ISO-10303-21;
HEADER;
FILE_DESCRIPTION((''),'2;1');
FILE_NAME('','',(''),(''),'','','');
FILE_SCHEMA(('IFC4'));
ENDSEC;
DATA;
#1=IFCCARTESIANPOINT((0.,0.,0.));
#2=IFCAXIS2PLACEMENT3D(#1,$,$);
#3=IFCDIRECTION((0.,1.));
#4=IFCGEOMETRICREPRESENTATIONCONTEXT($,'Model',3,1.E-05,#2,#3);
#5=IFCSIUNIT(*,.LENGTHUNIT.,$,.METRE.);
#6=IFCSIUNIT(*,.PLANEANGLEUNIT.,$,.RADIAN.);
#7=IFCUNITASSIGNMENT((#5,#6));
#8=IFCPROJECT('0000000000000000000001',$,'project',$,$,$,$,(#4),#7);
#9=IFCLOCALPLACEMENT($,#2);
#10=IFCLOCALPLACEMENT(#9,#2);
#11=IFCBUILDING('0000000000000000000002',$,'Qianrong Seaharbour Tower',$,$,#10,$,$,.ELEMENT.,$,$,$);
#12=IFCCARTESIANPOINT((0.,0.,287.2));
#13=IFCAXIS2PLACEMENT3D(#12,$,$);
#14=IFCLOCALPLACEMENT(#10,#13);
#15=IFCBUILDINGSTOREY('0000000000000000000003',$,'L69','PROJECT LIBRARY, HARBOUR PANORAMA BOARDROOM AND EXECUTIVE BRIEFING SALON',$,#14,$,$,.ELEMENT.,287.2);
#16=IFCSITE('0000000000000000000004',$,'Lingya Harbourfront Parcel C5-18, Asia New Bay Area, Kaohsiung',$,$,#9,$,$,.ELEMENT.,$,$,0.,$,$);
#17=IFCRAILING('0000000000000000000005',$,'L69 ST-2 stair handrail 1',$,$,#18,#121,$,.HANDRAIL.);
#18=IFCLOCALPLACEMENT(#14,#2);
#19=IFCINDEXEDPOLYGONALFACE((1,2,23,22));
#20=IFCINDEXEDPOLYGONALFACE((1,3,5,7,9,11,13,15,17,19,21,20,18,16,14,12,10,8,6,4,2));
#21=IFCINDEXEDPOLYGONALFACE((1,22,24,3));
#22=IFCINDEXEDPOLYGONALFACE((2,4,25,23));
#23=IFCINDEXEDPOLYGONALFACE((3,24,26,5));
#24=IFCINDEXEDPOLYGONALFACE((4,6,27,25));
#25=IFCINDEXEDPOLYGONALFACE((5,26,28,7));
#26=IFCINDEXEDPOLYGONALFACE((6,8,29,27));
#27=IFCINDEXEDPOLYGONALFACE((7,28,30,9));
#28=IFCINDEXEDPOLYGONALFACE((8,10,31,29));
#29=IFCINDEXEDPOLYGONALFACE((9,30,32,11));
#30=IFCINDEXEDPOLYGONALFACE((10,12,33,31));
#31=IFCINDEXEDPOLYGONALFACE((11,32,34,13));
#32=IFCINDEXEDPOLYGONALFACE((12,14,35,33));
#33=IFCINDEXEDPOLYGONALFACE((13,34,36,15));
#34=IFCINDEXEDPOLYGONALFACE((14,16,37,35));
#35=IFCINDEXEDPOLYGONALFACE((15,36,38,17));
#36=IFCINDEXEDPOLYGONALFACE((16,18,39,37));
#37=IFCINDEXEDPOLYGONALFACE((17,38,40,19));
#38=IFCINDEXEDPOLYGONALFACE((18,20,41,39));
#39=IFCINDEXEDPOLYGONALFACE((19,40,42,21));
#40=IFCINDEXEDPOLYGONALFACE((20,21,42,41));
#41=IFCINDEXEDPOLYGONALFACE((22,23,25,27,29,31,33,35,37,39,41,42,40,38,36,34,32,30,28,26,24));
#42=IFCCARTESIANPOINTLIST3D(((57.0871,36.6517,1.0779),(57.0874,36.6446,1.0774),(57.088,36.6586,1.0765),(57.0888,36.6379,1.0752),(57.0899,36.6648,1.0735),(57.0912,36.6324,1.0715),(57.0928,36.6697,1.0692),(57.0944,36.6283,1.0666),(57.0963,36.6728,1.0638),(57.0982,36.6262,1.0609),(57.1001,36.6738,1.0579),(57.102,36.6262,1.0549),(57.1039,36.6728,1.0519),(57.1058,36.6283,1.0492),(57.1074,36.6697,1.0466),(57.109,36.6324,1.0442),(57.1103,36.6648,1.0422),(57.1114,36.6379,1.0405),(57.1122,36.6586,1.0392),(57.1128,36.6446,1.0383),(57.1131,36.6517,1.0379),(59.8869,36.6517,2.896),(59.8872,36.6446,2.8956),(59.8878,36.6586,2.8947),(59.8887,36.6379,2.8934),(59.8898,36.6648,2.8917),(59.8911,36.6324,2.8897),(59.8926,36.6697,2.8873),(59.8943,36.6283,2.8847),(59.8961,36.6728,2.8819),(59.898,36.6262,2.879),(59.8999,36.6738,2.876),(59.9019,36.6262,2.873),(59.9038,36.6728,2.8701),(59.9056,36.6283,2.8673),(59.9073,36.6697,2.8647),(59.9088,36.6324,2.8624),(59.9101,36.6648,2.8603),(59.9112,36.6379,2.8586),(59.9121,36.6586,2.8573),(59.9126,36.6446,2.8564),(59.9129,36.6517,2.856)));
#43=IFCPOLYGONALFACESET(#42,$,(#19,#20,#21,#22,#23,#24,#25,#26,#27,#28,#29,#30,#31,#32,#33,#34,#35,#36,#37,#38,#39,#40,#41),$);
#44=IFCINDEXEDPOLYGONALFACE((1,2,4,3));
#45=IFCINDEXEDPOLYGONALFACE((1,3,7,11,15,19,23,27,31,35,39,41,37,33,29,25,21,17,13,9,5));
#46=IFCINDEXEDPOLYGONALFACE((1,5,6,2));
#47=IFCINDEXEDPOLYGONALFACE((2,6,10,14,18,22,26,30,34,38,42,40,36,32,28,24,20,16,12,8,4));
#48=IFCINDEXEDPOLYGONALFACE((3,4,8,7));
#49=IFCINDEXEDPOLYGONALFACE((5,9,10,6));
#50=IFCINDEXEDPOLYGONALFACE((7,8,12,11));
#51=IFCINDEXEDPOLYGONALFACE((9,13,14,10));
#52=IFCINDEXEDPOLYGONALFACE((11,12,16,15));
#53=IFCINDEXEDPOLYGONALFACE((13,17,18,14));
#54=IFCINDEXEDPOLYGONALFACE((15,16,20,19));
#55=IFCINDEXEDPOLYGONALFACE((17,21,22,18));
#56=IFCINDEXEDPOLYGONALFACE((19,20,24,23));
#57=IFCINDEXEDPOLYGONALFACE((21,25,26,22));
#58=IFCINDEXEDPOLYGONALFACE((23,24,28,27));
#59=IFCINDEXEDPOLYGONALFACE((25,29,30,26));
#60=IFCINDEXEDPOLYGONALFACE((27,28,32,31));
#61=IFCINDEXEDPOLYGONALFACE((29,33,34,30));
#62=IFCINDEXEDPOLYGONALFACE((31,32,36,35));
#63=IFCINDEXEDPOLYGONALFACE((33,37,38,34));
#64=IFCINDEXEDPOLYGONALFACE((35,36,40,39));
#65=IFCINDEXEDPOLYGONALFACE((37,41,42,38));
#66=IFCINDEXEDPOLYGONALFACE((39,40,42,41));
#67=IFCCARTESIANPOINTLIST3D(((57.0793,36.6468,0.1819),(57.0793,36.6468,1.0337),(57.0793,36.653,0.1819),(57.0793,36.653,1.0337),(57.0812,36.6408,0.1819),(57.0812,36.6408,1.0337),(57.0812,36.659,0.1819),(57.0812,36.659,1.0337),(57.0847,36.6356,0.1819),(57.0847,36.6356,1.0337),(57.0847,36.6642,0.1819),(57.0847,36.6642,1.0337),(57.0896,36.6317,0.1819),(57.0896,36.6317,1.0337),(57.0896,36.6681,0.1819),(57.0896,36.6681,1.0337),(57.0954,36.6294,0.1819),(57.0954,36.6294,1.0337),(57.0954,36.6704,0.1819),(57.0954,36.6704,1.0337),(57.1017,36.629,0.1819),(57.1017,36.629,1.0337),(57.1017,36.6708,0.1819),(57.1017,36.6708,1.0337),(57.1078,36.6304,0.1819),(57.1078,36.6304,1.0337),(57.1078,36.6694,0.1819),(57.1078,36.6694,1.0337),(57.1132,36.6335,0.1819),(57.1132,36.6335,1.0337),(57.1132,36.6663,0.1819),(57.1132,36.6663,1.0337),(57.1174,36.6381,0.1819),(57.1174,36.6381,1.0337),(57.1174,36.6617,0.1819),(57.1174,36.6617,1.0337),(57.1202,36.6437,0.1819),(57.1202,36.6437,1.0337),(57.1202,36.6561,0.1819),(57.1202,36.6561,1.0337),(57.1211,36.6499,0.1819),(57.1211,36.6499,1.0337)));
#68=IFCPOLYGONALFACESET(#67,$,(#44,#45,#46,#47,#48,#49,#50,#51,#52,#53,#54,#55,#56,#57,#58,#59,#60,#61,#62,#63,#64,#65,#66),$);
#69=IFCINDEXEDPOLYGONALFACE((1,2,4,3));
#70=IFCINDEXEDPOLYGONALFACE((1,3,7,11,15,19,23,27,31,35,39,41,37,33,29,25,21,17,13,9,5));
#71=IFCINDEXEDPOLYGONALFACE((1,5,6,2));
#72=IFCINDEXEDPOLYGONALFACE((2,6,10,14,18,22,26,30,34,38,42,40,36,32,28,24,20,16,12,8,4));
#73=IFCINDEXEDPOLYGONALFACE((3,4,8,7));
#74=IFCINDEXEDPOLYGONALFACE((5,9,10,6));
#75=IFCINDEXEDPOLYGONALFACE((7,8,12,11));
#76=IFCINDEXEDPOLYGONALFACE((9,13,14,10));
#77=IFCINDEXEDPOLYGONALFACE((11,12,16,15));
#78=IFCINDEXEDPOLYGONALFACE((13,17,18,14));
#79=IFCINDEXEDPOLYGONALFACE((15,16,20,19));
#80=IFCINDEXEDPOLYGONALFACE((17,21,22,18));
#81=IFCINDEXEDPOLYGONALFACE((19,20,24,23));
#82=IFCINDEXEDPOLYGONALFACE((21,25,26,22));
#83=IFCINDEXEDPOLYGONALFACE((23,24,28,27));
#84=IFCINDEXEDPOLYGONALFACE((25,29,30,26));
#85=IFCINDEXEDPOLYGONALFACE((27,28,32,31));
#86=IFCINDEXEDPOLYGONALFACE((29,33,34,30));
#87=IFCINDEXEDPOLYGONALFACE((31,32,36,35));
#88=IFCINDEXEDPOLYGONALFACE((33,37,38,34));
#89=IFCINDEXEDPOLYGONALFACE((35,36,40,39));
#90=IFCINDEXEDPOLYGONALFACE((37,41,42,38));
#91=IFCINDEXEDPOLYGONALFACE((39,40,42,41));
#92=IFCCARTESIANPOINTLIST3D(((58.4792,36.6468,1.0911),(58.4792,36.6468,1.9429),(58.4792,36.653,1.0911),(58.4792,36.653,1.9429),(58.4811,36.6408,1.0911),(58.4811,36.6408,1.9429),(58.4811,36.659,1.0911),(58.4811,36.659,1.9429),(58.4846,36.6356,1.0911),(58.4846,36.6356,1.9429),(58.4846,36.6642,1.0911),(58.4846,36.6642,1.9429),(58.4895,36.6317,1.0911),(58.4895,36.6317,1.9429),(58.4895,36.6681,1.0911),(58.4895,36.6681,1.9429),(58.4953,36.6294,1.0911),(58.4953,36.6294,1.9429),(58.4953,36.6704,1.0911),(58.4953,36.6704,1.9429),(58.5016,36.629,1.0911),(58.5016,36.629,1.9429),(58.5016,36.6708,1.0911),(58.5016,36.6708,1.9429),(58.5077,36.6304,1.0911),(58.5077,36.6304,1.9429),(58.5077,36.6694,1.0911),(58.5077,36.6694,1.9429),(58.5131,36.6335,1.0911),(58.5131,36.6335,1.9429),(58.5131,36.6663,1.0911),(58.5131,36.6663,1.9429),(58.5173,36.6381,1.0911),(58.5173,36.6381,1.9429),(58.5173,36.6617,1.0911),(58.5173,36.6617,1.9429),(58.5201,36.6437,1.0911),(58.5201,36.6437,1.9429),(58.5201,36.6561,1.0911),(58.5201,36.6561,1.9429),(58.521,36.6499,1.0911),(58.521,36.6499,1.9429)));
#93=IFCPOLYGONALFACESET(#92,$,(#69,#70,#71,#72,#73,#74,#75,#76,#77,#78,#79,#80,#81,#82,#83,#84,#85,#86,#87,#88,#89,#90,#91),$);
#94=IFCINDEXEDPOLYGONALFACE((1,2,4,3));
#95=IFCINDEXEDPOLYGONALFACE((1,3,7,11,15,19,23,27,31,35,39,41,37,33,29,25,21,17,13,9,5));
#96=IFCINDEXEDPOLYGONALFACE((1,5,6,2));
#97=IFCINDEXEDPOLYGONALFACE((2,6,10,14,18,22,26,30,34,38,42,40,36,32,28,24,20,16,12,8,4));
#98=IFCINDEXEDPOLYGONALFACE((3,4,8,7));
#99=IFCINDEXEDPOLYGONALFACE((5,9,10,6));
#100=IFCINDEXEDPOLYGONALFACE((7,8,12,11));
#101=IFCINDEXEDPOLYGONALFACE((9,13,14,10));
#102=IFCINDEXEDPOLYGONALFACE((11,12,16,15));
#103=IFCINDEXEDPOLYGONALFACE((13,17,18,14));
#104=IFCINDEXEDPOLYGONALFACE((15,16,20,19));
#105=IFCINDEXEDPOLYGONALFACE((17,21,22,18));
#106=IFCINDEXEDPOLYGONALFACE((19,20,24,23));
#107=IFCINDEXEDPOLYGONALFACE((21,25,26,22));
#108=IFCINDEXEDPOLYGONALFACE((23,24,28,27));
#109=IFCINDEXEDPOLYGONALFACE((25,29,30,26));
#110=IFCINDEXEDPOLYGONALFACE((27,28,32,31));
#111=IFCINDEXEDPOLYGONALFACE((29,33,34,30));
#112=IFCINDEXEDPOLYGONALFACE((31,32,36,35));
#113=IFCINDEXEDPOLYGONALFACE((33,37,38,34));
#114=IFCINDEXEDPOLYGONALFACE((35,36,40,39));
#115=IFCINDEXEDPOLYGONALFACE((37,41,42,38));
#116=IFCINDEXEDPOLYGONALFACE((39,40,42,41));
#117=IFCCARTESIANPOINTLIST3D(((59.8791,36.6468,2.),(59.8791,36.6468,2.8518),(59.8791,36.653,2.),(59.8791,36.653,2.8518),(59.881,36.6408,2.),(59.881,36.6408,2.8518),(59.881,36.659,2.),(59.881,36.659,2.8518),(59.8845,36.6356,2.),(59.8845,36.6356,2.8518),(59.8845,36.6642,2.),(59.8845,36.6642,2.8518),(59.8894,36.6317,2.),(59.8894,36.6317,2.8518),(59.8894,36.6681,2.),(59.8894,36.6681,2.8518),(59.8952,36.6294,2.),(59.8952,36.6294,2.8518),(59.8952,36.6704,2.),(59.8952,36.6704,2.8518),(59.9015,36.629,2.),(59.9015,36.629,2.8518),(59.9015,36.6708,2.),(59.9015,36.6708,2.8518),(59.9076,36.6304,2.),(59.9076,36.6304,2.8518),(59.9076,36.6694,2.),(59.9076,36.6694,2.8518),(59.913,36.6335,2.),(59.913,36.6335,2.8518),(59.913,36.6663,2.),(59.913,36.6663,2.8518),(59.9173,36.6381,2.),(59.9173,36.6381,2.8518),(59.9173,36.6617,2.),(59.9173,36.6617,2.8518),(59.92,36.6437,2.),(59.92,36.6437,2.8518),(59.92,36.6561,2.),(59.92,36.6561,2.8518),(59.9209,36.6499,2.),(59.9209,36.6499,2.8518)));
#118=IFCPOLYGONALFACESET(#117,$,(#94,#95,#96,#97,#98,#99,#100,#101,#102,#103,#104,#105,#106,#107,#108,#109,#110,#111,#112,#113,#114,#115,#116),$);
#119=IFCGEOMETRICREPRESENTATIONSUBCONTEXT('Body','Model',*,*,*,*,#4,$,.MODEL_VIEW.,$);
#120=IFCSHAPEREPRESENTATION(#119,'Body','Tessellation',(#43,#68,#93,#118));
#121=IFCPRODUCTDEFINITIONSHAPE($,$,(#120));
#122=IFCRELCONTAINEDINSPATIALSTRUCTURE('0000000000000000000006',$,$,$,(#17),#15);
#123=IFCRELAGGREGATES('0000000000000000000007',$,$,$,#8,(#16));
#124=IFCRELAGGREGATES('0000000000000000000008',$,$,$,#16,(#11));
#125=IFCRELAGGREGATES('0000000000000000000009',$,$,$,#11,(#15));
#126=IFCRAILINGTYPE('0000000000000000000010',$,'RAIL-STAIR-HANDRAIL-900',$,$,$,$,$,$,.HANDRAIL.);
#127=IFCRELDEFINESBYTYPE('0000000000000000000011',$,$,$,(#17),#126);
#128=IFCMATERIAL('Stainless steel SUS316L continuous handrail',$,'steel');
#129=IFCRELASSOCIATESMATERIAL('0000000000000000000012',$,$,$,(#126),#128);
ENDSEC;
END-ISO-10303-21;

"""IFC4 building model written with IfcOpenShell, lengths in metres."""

from ifc_helpers import new_model, si_unit, direction, frame, origin, origin_2d, place, context, subcontext, project, spatial, circle, extrude, material, type_object, element, save


model = new_model("IFC4")

# Units and contexts
model_context = context("Model", 3, precision=1e-05, world=origin(), true_north=direction((0.0, 1.0)))
body_context = subcontext(model_context, "Body", "Model", "MODEL_VIEW")
ifc_project = project(units=[si_unit("LENGTHUNIT", "METRE"), si_unit("PLANEANGLEUNIT", "RADIAN")], contexts=[model_context])

# Site, building, storey
site_placement = place(None, origin())
site = spatial("IfcSite", under=ifc_project, at=site_placement, Name="Lingya Harbourfront Parcel C5-18, Asia New Bay Area, Kaohsiung", CompositionType="ELEMENT", RefElevation=0.0)
building_placement = place(site_placement, origin())
building = spatial("IfcBuilding", under=site, at=building_placement, Name="Qianrong Seaharbour Tower", CompositionType="ELEMENT")
storey_placement = place(building_placement, frame((0.0, 0.0, 287.2)))
storey = spatial("IfcBuildingStorey", under=building, at=storey_placement, Name="L69", Description="PROJECT LIBRARY, HARBOUR PANORAMA BOARDROOM AND EXECUTIVE BRIEFING SALON", CompositionType="ELEMENT", Elevation=287.2)

# Railing
ifc_material_1 = material(Name="Stainless steel SUS316L continuous handrail", Category="steel")
railing_type_1 = type_object("IfcRailingType", Name="RAIL-STAIR-HANDRAIL-900", PredefinedType="HANDRAIL", material=ifc_material_1)
railing_1_placement = place(storey_placement, frame((57.1001, 36.6499, 0.1819)))
element("IfcRailing", 1, at=railing_1_placement, inside=storey, type_object=railing_type_1, Name="L69 ST-2 stair handrail 1", PredefinedType="HANDRAIL", context=body_context, shape_type="SweptSolid", body=[
    extrude(circle(Radius=0.0239, at=origin_2d()), frame((0.0, 0.0, 0.876), z_axis=(0.838684, 0.0, 0.544618), x_axis=(0.0, 1.0, 0.0)), (0.0, 0.0, 1.0), 3.3384),
    extrude(circle(Radius=0.021, at=origin_2d()), origin(), (0.0, 0.0, 1.0), 0.8518),
    extrude(circle(Radius=0.021, at=origin_2d()), frame((1.3999, 0.0, 0.9092)), (0.0, 0.0, 1.0), 0.8518),
    extrude(circle(Radius=0.021, at=origin_2d()), frame((2.7998, 0.0, 1.8181)), (0.0, 0.0, 1.0), 0.8518),
])

save(model, "model.ifc")
